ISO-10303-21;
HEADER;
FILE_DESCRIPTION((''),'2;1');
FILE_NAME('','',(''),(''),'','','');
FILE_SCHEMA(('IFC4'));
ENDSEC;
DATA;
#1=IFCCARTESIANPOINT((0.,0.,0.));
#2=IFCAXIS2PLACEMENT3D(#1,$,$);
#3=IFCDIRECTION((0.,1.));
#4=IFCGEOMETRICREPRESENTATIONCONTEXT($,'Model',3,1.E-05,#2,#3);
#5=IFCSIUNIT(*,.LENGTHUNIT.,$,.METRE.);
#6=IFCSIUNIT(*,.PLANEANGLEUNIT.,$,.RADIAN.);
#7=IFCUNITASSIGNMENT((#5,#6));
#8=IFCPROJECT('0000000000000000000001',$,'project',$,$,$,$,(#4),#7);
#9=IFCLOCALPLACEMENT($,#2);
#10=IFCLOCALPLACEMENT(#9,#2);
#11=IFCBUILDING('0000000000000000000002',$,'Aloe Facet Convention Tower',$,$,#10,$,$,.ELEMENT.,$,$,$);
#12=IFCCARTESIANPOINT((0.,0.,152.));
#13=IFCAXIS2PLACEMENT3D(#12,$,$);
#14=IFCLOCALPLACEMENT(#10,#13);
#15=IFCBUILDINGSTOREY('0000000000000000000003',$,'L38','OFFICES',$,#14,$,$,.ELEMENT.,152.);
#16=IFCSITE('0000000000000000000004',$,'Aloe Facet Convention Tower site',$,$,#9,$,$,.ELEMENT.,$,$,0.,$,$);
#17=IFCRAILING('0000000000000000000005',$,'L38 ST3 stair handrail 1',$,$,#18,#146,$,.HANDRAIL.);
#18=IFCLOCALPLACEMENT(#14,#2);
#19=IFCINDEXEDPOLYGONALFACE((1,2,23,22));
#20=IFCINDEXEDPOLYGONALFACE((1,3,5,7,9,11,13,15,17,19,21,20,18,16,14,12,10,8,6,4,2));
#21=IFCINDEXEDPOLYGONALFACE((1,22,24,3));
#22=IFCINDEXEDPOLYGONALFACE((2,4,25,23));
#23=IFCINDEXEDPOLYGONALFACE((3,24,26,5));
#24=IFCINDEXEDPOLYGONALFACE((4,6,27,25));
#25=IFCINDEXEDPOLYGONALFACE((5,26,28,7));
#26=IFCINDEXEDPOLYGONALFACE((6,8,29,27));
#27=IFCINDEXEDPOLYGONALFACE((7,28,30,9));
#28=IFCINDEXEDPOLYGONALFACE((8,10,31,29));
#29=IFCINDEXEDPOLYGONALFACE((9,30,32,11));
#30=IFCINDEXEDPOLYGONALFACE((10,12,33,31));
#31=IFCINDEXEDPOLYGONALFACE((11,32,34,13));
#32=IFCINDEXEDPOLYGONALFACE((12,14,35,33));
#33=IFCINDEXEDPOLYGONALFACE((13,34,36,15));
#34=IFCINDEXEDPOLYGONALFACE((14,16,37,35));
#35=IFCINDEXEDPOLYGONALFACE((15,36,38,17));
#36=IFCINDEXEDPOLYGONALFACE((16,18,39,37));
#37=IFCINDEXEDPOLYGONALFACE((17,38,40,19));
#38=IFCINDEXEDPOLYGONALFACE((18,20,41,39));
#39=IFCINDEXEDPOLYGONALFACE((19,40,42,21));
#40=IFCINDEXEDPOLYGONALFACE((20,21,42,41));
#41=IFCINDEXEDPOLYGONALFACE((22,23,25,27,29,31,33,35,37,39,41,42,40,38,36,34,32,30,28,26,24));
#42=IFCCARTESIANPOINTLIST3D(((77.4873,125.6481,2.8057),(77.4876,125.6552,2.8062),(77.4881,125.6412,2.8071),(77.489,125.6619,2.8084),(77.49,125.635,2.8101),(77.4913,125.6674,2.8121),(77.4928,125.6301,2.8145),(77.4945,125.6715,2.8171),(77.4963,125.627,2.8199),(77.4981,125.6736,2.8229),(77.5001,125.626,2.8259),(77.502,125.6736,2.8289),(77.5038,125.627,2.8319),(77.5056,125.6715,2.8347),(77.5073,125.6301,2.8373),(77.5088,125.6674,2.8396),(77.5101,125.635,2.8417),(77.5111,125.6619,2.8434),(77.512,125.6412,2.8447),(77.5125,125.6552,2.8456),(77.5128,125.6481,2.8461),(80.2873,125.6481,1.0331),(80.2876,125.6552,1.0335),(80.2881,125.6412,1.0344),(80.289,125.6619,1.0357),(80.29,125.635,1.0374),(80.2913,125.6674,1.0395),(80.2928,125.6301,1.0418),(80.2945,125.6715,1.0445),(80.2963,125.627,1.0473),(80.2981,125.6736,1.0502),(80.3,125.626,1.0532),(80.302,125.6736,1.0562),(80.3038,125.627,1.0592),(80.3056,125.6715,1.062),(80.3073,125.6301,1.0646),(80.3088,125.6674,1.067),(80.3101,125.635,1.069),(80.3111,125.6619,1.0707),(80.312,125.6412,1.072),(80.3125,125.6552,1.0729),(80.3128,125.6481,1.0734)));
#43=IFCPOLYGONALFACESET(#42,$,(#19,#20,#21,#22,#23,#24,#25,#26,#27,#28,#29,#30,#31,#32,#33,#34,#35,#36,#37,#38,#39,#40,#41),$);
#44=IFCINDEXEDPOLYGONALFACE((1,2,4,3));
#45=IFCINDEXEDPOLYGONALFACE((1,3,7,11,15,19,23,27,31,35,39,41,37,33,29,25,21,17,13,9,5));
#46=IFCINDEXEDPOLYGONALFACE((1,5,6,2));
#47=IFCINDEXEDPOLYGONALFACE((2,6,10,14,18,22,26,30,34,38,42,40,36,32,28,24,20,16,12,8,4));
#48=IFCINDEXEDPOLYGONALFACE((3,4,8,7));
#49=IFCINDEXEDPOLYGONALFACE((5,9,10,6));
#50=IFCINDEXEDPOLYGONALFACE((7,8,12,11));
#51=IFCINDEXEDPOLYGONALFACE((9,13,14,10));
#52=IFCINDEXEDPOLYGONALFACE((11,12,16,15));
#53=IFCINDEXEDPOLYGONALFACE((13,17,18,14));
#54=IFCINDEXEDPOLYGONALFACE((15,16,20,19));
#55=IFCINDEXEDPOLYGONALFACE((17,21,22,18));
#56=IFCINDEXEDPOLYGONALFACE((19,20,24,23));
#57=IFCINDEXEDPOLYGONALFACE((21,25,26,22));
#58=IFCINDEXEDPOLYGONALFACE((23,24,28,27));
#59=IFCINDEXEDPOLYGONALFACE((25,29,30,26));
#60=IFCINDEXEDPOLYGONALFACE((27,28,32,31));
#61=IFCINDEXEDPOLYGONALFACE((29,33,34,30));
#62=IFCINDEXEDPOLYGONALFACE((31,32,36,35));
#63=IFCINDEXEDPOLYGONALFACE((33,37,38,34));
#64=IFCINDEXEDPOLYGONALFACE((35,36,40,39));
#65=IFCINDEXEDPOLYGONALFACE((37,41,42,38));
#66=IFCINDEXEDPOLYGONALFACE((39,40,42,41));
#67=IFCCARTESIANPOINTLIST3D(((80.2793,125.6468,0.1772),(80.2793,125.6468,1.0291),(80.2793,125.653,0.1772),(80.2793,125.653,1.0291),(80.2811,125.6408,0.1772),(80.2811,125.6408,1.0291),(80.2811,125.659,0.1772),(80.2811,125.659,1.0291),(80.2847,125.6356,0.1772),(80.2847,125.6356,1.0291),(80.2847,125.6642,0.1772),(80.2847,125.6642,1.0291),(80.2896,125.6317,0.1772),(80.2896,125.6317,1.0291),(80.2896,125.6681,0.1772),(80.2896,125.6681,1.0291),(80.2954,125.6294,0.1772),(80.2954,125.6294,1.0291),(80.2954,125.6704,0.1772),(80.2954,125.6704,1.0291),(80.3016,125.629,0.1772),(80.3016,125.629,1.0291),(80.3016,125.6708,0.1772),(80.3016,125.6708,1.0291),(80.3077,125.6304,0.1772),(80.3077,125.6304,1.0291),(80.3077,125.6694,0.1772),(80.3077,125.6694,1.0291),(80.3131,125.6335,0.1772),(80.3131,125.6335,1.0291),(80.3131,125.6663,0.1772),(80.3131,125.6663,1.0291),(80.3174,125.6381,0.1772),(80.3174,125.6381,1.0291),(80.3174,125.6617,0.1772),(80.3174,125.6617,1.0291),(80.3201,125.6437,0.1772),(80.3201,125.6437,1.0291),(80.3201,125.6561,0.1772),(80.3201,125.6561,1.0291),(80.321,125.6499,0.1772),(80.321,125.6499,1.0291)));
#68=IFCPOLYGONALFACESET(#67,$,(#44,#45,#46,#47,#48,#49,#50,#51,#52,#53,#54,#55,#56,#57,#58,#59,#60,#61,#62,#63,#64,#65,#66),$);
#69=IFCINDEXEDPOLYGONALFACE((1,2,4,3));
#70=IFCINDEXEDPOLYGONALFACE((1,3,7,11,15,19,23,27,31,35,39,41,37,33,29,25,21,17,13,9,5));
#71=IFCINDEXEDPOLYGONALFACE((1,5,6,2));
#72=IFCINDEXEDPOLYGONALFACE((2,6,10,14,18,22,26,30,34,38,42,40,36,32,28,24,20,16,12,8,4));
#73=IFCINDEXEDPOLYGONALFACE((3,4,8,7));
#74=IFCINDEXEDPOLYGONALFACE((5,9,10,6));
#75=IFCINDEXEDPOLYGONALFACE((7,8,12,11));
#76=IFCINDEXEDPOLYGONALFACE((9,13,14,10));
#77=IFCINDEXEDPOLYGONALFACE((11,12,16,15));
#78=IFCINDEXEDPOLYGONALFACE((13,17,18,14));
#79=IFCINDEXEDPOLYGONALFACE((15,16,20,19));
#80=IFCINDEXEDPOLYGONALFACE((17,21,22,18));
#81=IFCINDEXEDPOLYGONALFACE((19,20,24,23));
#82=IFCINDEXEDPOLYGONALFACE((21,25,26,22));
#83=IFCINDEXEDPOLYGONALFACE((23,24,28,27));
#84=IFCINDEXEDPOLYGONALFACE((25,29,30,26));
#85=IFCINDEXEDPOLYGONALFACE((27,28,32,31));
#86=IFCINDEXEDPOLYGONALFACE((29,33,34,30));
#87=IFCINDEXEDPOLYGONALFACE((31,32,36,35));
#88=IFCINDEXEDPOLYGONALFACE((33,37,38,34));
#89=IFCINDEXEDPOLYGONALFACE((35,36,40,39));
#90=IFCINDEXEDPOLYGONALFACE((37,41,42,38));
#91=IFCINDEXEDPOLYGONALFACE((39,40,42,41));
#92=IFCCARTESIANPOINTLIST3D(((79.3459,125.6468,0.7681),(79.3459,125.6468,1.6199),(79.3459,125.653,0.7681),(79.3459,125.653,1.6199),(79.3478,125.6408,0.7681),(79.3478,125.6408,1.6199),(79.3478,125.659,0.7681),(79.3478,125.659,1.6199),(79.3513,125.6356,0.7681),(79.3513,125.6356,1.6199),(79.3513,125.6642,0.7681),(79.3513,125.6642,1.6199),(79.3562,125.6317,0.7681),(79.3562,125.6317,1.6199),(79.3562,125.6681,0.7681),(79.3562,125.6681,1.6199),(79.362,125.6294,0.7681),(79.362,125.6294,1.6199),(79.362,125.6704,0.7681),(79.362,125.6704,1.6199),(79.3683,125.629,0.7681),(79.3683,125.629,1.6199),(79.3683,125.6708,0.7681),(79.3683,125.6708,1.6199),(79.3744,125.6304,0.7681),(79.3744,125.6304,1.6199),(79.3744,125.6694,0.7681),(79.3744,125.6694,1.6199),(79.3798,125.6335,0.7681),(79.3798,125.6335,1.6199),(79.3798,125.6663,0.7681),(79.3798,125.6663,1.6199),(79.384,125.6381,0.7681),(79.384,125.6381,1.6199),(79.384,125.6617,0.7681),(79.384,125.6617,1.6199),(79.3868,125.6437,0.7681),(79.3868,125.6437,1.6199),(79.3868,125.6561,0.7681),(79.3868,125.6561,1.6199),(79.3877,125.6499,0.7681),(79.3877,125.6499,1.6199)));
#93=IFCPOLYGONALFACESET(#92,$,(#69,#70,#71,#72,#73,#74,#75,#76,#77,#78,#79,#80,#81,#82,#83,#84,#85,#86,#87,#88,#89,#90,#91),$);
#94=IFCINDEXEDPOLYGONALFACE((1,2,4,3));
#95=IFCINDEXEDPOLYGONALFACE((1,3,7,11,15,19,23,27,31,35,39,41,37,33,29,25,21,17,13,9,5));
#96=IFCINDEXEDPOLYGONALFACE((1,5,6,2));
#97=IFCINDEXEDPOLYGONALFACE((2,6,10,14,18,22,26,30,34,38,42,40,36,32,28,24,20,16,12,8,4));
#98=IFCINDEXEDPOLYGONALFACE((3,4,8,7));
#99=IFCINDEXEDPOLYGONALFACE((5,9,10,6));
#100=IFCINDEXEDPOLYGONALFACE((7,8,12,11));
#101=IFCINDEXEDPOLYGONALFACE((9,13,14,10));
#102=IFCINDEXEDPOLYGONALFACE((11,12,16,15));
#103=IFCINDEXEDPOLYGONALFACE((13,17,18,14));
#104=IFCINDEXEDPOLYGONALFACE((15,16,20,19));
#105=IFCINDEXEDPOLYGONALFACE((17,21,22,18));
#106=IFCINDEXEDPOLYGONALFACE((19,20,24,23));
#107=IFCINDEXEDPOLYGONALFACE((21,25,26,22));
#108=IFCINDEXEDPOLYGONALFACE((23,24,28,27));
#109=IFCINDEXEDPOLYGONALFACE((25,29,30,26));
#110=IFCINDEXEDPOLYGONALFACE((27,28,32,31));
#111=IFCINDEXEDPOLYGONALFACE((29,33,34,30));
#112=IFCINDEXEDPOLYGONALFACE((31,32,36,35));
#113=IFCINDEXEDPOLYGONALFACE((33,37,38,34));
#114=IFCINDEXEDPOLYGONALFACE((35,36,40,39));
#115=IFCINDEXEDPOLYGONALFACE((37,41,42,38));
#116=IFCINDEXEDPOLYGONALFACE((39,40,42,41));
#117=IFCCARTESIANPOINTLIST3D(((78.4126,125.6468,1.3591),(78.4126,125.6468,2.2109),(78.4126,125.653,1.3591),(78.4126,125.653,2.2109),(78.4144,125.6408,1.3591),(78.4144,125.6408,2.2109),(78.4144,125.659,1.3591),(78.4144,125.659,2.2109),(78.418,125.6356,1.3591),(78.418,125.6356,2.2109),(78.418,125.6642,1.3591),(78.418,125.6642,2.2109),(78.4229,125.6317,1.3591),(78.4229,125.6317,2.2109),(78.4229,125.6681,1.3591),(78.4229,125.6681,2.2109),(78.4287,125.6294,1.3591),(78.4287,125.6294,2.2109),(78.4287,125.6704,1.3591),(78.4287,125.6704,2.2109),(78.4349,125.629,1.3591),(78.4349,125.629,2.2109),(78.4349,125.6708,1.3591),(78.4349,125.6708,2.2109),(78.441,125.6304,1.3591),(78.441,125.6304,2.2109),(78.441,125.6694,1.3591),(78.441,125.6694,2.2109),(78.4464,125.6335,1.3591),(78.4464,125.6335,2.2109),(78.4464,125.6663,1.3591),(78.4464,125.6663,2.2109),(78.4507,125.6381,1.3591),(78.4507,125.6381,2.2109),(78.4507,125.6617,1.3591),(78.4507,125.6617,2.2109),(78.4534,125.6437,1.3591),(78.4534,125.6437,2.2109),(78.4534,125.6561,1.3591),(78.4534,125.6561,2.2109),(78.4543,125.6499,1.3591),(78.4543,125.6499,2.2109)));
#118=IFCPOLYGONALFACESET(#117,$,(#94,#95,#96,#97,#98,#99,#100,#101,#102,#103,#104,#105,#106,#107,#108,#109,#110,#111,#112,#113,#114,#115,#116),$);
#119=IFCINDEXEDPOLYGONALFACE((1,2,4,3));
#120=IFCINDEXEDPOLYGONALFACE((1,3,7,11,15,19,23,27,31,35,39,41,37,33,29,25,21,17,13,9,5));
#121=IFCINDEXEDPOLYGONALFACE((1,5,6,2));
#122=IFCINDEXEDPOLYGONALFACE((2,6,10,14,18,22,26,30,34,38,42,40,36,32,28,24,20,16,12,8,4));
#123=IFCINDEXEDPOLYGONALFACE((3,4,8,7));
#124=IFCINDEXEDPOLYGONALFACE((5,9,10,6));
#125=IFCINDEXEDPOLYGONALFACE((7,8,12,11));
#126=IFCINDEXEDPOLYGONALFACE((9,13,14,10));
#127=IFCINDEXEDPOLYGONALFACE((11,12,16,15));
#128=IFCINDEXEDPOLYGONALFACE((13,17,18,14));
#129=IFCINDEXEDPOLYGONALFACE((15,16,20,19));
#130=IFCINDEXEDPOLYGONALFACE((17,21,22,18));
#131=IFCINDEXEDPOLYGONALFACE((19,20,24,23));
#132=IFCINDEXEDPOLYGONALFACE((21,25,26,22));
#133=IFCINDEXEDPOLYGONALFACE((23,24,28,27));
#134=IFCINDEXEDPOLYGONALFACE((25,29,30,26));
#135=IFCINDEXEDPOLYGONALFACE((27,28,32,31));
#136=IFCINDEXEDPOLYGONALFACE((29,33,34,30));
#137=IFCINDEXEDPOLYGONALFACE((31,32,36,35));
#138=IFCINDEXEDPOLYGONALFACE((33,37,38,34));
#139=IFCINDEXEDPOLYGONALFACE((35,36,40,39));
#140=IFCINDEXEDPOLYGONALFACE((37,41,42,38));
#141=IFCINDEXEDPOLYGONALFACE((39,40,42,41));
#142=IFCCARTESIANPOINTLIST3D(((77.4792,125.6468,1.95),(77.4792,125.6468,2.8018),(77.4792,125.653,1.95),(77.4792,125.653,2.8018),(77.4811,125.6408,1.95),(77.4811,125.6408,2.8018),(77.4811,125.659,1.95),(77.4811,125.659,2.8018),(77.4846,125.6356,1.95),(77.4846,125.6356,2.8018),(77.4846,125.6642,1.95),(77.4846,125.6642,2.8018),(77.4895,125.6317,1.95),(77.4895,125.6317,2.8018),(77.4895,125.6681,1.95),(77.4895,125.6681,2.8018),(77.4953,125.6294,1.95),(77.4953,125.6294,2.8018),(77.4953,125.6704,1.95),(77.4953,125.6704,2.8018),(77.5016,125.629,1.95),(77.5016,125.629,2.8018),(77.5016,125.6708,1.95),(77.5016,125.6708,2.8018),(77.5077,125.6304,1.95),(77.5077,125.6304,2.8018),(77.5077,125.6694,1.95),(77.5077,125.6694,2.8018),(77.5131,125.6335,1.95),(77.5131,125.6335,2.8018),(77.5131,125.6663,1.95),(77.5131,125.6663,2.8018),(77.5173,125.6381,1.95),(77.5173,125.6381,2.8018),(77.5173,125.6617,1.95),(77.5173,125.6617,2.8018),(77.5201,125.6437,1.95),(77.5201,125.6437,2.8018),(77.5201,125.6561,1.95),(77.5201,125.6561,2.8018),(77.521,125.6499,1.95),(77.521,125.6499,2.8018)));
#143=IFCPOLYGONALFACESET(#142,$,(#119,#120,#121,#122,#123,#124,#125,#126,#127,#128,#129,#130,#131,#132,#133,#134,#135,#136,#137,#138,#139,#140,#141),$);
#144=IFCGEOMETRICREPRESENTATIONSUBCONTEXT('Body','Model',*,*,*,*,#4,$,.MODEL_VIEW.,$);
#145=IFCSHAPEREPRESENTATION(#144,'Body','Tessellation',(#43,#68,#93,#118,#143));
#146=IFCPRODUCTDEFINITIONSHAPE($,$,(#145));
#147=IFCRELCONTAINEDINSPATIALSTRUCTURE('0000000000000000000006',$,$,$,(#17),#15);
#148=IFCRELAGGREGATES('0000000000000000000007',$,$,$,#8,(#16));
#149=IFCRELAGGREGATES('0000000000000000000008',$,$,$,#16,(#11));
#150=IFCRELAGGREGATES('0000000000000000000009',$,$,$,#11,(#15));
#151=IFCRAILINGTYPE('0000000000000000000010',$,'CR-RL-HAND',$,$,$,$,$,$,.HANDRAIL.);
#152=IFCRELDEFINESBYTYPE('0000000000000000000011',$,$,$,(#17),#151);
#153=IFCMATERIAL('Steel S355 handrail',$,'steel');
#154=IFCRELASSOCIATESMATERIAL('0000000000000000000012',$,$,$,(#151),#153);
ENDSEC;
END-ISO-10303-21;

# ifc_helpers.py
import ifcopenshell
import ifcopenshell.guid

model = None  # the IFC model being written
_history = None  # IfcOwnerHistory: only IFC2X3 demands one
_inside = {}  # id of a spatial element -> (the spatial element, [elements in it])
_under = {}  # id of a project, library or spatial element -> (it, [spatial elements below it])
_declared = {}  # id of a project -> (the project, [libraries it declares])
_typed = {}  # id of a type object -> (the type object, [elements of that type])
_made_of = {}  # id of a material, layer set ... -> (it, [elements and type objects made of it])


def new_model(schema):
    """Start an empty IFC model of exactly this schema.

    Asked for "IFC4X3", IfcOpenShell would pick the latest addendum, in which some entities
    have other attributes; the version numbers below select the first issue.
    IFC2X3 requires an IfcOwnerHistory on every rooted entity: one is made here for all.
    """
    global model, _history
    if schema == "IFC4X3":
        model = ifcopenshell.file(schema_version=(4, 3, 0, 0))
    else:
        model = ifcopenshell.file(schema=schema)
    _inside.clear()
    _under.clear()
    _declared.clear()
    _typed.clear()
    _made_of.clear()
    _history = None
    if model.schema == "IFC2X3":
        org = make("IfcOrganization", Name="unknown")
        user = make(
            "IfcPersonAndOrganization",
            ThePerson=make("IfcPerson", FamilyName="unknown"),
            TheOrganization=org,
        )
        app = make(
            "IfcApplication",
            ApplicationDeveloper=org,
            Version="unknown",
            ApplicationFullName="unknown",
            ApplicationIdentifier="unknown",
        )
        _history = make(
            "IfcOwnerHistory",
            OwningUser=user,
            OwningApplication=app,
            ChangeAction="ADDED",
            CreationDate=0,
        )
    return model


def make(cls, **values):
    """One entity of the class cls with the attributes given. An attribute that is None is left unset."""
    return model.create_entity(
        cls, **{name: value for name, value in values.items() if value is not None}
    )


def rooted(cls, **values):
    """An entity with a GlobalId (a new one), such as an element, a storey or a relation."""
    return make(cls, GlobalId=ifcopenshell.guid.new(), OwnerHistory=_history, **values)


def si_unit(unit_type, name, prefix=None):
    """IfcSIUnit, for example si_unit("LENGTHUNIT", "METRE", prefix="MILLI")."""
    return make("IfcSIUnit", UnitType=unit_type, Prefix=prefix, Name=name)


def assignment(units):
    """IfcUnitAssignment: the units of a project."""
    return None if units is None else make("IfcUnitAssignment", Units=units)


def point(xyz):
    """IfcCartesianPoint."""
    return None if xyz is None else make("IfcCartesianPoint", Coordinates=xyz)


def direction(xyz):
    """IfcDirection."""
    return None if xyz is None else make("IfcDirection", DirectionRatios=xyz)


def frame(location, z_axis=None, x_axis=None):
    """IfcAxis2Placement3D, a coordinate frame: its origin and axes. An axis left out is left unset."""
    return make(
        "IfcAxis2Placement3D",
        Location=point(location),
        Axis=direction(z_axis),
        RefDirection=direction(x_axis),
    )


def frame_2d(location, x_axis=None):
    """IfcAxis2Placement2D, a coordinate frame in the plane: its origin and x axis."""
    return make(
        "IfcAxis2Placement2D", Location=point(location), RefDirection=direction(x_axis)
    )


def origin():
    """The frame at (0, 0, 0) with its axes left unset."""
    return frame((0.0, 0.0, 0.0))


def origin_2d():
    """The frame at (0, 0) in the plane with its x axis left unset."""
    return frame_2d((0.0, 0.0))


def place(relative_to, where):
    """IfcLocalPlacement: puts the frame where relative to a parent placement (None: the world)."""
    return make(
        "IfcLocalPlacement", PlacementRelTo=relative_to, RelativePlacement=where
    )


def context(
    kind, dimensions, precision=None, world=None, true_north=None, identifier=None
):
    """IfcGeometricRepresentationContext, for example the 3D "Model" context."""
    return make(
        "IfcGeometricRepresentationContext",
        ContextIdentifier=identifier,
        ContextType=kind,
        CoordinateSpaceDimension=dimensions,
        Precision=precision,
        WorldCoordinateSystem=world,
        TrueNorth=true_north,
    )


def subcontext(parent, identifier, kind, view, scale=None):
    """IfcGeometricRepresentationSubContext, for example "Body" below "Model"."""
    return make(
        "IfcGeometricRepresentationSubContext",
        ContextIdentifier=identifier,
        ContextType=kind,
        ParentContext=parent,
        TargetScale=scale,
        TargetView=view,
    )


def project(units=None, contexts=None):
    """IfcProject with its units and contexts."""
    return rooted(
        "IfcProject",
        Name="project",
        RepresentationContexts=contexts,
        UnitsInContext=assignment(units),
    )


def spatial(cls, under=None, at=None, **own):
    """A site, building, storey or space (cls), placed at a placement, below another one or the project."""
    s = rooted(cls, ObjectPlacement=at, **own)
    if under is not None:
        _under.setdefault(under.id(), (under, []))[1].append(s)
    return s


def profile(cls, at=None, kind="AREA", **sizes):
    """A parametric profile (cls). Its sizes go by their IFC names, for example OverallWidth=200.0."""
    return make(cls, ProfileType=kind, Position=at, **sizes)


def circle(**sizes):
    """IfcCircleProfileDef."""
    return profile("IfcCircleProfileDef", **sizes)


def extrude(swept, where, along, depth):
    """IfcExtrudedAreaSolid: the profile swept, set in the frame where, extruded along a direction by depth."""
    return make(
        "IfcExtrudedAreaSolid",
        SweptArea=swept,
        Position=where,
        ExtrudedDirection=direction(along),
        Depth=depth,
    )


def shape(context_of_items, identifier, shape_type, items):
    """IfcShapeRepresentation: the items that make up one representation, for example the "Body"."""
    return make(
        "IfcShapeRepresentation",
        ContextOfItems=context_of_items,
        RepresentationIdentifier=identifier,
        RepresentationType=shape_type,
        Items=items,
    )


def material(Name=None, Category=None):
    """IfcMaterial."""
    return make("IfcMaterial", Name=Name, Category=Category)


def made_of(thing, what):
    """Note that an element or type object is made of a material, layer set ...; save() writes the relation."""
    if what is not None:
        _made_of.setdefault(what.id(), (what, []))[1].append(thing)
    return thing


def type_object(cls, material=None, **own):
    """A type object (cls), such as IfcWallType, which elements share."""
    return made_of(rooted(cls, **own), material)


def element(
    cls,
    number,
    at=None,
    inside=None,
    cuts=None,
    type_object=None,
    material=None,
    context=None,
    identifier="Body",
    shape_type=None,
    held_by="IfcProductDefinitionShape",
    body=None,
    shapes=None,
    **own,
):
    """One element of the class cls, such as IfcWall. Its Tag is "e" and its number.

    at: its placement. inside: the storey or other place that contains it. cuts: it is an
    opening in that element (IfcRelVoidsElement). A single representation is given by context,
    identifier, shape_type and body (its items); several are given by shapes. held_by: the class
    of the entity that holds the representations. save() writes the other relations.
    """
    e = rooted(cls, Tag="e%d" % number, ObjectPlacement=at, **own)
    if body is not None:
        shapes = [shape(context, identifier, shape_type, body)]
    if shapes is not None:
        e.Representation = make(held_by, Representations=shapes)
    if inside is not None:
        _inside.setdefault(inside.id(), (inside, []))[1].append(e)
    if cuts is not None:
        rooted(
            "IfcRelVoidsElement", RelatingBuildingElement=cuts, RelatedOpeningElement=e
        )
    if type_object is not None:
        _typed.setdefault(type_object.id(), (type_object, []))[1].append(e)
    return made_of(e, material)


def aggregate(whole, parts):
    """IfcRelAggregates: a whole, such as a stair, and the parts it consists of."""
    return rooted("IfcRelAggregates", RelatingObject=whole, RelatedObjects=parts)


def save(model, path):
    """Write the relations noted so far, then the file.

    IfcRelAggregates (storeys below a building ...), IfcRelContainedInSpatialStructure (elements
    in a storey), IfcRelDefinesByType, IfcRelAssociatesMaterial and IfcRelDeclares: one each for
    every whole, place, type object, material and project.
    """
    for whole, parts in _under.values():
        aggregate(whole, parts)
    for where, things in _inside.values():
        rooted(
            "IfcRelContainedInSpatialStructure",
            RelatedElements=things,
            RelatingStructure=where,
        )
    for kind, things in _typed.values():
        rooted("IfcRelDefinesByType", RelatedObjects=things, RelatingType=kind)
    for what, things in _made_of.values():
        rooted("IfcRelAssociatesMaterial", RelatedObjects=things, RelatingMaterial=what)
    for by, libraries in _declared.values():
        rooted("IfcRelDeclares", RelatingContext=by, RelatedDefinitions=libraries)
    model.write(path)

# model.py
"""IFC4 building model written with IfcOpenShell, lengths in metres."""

from ifc_helpers import new_model, si_unit, direction, frame, origin, origin_2d, place, context, subcontext, project, spatial, circle, extrude, material, type_object, element, save


model = new_model("IFC4")

# Units and contexts
model_context = context("Model", 3, precision=1e-05, world=origin(), true_north=direction((0.0, 1.0)))
body_context = subcontext(model_context, "Body", "Model", "MODEL_VIEW")
ifc_project = project(units=[si_unit("LENGTHUNIT", "METRE"), si_unit("PLANEANGLEUNIT", "RADIAN")], contexts=[model_context])

# Site, building, storey
site_placement = place(None, origin())
site = spatial("IfcSite", under=ifc_project, at=site_placement, Name="Aloe Facet Convention Tower site", CompositionType="ELEMENT", RefElevation=0.0)
building_placement = place(site_placement, origin())
building = spatial("IfcBuilding", under=site, at=building_placement, Name="Aloe Facet Convention Tower", CompositionType="ELEMENT")
storey_placement = place(building_placement, frame((0.0, 0.0, 152.0)))
storey = spatial("IfcBuildingStorey", under=building, at=storey_placement, Name="L38", Description="OFFICES", CompositionType="ELEMENT", Elevation=152.0)

# Railing
ifc_material_1 = material(Name="Steel S355 handrail", Category="steel")
railing_type_1 = type_object("IfcRailingType", Name="CR-RL-HAND", PredefinedType="HANDRAIL", material=ifc_material_1)
railing_1_placement = place(storey_placement, frame((80.3, 125.6499, 0.1772)))
element("IfcRailing", 1, at=railing_1_placement, inside=storey, type_object=railing_type_1, Name="L38 ST3 stair handrail 1", PredefinedType="HANDRAIL", context=body_context, shape_type="SweptSolid", body=[
    extrude(circle(Radius=0.0239, at=origin_2d()), frame((0.0, 0.0, 0.876), z_axis=(-0.844909, 0.0, 0.53491), x_axis=(0.0, -1.0, 0.0)), (0.0, 0.0, 1.0), 3.314),
    extrude(circle(Radius=0.021, at=origin_2d()), origin(), (0.0, 0.0, 1.0), 0.8518),
    extrude(circle(Radius=0.021, at=origin_2d()), frame((-0.9333, 0.0, 0.5908)), (0.0, 0.0, 1.0), 0.8518),
    extrude(circle(Radius=0.021, at=origin_2d()), frame((-1.8667, 0.0, 1.1819)), (0.0, 0.0, 1.0), 0.8518),
    extrude(circle(Radius=0.021, at=origin_2d()), frame((-2.8, 0.0, 1.7727)), (0.0, 0.0, 1.0), 0.8518),
])

save(model, "model.ifc")
